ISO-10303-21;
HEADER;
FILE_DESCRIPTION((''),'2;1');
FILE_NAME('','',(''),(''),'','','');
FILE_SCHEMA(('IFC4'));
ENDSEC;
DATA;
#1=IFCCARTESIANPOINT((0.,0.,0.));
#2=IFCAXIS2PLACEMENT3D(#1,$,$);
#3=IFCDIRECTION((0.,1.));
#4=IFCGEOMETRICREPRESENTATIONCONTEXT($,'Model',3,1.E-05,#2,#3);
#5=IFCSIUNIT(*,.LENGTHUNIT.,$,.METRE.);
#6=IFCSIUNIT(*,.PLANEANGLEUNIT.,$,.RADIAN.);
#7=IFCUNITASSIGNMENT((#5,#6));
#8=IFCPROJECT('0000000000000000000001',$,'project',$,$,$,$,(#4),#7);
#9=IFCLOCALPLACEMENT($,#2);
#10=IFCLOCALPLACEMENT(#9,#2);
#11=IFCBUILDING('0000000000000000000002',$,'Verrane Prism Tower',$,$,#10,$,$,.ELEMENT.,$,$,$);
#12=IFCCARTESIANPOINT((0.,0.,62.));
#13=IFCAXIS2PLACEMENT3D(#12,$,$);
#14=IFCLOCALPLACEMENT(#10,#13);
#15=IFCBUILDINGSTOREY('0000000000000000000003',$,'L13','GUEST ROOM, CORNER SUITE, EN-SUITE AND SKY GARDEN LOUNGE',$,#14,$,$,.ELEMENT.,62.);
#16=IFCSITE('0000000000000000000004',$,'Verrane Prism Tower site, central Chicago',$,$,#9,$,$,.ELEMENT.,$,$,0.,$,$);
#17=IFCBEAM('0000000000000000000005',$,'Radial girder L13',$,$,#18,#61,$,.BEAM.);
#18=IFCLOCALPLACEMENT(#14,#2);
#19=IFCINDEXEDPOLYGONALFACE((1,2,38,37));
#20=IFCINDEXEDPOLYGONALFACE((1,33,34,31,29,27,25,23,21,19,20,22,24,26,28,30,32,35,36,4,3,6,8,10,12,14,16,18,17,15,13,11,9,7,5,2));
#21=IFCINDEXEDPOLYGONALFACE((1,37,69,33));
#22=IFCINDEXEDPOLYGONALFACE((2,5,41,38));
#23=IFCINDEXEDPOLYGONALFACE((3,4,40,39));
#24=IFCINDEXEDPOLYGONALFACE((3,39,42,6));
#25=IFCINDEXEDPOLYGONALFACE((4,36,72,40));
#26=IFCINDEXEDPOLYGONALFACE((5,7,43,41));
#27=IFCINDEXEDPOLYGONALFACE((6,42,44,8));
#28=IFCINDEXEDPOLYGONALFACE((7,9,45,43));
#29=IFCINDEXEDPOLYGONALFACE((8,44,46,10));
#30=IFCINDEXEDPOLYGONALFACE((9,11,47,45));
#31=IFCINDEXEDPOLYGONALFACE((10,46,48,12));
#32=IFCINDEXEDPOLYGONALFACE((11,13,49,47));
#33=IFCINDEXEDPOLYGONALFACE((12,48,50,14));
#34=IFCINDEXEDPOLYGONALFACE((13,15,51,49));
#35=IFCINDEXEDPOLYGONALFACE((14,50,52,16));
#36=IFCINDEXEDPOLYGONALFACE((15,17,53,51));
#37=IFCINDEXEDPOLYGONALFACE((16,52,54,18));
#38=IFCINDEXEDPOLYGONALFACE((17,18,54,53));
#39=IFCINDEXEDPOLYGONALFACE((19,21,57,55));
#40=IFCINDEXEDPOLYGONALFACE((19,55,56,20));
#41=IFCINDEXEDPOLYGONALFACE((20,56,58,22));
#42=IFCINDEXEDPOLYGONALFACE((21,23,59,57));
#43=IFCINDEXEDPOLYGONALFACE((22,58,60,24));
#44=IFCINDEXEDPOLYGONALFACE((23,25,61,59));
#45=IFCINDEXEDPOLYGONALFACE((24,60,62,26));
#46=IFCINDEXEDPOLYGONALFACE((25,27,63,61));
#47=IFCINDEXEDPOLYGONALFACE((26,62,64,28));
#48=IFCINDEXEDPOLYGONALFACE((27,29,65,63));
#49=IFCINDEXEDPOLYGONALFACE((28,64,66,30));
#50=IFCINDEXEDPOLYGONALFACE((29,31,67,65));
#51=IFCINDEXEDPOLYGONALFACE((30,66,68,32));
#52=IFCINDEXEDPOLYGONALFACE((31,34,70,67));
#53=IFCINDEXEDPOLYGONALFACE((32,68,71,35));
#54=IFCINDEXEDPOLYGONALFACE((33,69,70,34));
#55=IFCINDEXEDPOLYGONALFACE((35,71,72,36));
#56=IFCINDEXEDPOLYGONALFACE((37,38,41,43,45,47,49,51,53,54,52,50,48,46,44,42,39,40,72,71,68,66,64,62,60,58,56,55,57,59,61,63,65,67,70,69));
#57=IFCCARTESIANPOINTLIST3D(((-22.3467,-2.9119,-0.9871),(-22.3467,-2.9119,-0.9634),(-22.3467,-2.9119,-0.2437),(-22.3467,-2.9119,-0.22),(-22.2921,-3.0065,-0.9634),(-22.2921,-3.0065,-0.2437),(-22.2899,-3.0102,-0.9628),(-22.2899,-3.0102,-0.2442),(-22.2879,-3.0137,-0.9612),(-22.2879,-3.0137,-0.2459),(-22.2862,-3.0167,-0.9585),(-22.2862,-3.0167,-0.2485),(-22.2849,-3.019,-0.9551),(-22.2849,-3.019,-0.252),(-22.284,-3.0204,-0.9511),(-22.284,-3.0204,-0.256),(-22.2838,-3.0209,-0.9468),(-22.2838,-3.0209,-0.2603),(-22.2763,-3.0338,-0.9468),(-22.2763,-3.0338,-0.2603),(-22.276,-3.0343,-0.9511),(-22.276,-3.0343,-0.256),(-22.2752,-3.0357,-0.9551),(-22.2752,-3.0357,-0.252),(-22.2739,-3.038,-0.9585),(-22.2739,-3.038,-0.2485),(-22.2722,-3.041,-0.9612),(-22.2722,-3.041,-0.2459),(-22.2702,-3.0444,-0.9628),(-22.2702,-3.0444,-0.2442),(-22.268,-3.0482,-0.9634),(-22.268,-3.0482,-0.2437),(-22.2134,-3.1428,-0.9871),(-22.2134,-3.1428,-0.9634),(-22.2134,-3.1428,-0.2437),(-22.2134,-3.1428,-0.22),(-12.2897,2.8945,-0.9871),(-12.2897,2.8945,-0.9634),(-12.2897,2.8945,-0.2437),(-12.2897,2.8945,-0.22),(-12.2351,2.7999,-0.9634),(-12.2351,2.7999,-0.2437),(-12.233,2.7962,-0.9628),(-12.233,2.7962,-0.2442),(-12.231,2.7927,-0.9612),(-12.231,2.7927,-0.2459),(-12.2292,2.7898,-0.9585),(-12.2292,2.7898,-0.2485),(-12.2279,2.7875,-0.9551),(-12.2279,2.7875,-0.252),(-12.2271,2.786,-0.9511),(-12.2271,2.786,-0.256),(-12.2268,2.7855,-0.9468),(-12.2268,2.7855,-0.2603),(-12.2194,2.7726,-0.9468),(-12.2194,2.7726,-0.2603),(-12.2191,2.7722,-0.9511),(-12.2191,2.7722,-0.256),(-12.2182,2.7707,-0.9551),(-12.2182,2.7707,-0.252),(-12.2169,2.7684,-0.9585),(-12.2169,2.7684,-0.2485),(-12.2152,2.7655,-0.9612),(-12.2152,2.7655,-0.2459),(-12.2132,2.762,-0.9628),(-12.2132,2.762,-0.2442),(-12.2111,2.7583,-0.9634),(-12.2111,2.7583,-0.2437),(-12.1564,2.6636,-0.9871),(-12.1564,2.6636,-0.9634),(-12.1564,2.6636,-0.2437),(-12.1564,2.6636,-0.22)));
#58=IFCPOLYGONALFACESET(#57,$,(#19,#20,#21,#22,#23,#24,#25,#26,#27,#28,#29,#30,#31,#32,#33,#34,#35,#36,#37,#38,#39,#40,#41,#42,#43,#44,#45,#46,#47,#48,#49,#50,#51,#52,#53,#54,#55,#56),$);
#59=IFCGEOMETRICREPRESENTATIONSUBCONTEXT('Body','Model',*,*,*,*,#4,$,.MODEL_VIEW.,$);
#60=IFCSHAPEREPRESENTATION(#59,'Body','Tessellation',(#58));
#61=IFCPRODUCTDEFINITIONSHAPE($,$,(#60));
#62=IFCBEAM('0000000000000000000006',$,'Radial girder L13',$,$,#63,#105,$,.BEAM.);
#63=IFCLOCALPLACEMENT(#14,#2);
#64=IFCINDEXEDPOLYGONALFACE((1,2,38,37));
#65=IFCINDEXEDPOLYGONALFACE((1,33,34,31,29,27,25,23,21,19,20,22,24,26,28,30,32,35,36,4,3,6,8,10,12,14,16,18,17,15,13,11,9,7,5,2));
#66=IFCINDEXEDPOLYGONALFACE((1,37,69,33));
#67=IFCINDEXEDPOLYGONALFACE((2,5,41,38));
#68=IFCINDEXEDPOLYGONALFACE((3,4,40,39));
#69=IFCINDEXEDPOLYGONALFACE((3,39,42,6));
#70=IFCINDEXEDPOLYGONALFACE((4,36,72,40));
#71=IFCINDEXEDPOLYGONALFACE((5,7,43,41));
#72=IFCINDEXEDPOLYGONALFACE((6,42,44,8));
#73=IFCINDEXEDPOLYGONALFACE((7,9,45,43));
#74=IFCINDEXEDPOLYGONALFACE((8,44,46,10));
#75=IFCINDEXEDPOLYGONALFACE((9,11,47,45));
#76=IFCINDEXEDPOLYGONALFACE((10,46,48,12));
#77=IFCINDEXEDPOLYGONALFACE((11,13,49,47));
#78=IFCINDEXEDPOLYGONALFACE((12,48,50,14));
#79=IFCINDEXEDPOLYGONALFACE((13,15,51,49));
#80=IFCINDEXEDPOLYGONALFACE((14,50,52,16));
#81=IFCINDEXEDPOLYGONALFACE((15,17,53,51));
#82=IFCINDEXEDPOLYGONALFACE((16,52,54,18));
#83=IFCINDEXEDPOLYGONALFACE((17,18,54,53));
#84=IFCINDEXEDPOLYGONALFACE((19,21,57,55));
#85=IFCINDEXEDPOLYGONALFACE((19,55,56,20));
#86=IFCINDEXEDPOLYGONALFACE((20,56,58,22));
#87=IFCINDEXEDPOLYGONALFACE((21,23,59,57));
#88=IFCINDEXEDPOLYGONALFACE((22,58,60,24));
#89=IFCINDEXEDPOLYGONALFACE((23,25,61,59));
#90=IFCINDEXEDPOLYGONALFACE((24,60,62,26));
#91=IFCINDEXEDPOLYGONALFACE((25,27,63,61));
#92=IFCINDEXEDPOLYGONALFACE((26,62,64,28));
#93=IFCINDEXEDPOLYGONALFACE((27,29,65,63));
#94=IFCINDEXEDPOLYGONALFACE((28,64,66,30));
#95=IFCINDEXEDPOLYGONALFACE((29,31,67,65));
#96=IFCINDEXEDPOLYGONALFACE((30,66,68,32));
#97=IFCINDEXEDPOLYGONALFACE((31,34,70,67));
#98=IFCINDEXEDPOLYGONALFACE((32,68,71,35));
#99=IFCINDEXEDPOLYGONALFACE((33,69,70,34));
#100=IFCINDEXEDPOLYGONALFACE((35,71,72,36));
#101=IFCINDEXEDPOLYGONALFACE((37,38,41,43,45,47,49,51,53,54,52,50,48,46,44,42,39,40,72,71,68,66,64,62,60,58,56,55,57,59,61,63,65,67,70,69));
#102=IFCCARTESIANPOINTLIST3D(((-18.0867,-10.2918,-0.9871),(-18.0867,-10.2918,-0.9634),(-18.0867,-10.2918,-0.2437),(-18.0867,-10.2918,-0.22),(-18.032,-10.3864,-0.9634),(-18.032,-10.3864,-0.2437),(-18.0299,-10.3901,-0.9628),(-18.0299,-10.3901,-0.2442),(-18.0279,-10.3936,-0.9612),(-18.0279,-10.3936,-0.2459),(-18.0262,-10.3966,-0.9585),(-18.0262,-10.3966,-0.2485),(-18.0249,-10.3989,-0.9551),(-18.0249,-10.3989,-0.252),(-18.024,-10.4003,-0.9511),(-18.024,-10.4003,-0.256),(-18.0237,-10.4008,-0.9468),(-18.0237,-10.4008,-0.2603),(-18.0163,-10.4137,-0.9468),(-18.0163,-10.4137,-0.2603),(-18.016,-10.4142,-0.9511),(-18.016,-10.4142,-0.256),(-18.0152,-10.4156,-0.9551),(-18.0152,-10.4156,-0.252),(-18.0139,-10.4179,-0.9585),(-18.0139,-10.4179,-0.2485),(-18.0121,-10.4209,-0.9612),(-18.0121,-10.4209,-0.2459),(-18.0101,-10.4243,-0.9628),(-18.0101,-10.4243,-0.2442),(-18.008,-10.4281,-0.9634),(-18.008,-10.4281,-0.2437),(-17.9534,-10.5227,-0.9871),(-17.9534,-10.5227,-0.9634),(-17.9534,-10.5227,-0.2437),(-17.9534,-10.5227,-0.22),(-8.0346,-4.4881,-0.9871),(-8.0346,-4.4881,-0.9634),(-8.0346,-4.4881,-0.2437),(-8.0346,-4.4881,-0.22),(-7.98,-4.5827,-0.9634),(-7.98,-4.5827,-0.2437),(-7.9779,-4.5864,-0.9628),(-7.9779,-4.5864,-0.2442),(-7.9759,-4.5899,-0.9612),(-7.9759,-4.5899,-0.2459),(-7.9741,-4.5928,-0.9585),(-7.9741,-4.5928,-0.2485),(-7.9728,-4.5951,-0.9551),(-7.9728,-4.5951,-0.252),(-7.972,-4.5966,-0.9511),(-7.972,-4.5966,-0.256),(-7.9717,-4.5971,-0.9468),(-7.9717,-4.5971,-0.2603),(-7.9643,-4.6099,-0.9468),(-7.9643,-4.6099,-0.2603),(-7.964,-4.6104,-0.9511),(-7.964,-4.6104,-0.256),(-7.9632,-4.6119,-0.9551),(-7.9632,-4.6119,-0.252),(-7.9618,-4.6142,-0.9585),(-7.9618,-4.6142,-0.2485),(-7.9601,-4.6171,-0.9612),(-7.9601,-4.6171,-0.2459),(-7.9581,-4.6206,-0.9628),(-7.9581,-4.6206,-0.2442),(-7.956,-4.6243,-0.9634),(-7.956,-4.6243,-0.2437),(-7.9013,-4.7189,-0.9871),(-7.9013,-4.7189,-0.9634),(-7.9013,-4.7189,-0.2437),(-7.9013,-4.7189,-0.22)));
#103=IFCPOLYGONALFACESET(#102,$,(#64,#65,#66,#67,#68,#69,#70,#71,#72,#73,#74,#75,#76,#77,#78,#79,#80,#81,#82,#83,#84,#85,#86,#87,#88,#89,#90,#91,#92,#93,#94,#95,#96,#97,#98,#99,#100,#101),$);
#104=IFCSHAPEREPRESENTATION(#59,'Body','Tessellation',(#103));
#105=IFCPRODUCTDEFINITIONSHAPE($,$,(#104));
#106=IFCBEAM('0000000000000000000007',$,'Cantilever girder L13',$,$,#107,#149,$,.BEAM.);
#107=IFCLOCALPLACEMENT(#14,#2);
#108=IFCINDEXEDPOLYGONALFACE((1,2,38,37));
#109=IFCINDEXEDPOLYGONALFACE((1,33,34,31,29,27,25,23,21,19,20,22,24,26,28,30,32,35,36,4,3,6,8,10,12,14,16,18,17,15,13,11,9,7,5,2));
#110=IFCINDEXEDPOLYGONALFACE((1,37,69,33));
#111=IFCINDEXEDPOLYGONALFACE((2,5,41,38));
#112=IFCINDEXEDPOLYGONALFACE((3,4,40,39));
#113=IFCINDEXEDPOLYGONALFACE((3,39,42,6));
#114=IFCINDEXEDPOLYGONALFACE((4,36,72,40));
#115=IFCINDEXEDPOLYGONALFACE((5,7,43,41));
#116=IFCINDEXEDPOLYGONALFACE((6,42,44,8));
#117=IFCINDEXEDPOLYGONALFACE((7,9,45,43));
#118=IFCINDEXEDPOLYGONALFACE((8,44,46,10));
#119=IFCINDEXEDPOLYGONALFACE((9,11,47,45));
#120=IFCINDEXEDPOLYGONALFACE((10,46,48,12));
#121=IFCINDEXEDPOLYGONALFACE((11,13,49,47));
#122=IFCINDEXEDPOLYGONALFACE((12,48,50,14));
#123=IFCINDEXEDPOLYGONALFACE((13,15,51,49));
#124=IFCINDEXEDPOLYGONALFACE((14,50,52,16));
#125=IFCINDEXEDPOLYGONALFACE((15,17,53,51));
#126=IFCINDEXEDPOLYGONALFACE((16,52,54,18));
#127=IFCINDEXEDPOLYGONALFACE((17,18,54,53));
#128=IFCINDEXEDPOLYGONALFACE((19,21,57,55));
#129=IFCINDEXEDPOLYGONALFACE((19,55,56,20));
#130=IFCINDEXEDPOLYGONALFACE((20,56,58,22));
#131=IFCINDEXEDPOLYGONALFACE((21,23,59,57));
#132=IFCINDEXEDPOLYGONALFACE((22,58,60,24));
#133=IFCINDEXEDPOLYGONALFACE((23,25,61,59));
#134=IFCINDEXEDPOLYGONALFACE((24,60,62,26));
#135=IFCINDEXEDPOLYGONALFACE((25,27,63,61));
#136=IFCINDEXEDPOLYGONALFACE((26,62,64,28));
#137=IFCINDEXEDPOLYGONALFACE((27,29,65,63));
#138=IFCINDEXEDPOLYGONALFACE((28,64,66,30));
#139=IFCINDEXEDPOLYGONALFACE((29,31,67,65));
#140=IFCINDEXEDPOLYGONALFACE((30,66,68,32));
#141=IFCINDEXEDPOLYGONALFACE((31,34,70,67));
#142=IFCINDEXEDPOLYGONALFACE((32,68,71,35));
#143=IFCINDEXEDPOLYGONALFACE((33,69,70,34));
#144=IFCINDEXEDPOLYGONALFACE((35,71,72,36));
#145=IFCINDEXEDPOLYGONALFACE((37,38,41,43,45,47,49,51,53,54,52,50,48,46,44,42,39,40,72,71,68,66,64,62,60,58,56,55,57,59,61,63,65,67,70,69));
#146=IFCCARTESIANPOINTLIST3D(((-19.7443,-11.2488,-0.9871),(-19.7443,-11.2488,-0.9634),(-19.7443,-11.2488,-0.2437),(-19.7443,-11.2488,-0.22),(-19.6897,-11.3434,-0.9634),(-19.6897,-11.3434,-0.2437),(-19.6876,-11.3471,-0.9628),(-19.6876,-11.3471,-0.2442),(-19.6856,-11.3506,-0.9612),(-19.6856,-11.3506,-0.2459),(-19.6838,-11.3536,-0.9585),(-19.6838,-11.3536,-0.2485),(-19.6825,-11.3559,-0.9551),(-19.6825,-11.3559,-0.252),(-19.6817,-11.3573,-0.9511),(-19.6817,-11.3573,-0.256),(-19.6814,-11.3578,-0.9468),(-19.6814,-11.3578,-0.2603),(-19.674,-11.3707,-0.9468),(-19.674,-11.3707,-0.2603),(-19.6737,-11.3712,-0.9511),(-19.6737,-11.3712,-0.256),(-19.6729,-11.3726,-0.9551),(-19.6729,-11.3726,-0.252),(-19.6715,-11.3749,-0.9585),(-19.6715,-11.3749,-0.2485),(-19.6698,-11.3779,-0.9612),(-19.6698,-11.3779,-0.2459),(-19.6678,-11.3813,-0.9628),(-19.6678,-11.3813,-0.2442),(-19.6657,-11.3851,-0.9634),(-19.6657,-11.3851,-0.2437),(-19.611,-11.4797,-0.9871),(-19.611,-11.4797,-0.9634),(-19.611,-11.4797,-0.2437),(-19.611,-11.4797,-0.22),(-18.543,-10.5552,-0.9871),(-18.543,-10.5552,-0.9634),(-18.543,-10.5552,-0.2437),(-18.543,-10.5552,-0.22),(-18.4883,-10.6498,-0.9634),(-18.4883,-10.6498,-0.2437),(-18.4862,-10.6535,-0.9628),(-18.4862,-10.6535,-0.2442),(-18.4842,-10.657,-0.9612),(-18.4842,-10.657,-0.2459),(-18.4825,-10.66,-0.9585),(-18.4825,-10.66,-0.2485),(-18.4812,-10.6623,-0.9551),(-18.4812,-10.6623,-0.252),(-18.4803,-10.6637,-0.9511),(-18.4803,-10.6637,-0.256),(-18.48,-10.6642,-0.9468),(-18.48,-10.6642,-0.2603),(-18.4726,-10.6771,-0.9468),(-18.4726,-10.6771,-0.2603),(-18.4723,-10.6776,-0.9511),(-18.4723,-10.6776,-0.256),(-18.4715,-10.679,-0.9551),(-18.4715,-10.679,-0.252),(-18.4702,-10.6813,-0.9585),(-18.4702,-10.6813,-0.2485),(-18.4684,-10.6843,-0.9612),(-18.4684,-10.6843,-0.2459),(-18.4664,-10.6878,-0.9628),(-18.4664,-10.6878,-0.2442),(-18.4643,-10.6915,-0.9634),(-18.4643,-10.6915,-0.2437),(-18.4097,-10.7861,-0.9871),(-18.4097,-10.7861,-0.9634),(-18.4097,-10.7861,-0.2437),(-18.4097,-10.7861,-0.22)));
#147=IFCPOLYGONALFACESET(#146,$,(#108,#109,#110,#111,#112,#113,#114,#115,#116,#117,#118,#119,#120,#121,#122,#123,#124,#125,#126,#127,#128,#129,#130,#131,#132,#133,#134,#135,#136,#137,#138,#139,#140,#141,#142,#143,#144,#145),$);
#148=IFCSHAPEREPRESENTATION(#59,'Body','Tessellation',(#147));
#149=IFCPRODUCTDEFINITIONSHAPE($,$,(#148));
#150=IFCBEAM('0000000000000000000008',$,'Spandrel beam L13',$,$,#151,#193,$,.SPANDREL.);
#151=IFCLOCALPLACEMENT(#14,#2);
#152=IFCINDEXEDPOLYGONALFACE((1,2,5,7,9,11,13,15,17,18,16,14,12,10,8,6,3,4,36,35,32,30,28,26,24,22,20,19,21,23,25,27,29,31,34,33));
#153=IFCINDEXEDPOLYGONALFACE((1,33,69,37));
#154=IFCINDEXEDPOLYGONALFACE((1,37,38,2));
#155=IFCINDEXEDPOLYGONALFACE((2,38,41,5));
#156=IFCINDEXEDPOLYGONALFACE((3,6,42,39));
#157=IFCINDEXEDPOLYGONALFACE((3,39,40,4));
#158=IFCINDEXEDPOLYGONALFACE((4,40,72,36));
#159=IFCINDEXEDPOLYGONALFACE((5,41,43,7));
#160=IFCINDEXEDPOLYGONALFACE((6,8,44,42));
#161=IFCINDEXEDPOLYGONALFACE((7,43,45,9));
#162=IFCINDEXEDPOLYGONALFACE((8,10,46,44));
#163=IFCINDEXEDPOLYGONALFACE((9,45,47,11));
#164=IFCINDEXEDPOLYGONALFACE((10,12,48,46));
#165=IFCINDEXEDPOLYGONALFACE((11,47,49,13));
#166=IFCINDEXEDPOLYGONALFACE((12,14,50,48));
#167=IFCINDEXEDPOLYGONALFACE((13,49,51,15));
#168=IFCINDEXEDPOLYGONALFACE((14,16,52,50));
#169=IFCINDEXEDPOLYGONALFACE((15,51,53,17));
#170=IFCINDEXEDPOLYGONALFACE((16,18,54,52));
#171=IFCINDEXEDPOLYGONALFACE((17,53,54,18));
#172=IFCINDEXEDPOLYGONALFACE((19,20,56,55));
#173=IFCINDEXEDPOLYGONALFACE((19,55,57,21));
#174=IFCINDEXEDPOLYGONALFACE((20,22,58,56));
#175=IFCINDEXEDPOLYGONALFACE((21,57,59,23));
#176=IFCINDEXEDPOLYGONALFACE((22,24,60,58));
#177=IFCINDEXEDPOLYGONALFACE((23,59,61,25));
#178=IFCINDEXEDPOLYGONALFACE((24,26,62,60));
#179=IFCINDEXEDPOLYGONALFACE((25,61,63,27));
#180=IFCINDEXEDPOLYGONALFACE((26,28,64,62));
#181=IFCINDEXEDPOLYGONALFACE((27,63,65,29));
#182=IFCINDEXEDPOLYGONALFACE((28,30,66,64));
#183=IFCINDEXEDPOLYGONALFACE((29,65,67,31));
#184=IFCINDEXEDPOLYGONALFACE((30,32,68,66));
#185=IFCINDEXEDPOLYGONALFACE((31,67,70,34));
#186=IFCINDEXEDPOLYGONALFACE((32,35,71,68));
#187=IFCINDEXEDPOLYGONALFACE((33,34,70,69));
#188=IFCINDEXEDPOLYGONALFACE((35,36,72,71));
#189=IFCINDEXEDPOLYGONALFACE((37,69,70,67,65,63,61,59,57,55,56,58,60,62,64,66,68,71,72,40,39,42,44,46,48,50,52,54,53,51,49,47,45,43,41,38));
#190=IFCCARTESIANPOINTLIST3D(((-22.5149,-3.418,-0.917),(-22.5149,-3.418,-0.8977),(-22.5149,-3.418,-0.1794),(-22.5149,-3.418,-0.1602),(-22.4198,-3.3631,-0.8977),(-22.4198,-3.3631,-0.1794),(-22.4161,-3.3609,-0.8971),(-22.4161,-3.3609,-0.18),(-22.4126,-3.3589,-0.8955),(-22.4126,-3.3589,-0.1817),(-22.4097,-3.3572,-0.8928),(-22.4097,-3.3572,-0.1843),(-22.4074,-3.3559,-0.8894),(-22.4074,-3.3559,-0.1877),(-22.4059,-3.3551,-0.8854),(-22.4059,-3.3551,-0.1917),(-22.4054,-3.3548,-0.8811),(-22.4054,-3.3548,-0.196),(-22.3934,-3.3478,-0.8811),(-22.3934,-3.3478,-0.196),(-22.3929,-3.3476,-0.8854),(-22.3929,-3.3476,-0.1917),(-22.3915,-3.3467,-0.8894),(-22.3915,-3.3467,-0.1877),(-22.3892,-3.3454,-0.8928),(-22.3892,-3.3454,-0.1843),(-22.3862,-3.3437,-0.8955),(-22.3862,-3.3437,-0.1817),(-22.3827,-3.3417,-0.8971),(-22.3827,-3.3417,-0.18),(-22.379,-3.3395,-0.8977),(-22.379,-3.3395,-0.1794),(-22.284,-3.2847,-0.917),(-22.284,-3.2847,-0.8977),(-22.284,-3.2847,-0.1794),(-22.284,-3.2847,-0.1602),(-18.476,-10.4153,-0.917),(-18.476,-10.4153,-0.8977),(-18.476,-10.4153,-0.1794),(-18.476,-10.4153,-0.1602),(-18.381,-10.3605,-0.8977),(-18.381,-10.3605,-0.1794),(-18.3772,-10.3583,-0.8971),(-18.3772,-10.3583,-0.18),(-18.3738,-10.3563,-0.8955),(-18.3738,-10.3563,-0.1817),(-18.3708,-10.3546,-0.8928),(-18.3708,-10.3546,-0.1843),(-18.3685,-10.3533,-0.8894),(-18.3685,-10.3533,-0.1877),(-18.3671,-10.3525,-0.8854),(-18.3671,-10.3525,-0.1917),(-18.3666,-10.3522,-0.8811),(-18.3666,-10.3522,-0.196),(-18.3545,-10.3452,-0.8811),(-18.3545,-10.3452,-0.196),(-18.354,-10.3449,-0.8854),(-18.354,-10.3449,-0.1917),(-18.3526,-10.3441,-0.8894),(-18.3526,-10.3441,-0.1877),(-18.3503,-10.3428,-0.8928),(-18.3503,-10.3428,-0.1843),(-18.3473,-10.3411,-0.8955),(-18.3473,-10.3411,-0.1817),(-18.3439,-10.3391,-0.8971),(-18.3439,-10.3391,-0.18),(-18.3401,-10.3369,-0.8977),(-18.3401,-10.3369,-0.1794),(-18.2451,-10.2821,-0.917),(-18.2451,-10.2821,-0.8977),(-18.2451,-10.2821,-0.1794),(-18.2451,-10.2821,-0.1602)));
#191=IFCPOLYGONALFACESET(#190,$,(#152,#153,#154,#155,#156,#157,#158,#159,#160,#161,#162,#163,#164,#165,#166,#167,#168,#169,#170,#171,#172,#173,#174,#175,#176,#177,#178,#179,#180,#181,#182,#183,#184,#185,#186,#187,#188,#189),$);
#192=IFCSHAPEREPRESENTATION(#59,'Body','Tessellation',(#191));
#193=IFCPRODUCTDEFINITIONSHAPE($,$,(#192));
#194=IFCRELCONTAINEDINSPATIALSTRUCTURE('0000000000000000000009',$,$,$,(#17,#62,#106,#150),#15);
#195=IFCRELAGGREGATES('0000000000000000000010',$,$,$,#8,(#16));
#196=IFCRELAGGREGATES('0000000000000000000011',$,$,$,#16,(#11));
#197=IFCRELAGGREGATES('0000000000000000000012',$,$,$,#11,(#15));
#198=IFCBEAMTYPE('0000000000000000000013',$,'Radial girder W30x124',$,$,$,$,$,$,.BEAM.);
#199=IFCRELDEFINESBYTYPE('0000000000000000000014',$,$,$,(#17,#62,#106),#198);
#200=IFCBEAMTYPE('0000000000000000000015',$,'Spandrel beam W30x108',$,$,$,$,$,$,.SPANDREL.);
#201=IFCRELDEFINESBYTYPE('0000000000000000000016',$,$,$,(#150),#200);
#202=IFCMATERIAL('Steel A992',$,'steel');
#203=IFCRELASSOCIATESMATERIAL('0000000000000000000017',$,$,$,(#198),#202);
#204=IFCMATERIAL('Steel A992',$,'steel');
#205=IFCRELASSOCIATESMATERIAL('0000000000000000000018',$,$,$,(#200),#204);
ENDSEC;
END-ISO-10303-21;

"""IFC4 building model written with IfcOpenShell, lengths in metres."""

from ifc_helpers import new_model, si_unit, direction, frame, origin, origin_2d, place, context, subcontext, project, spatial, i_section, extrude, material, material_profile, profile_set, type_object, element, save


model = new_model("IFC4")

# Units and contexts
model_context = context("Model", 3, precision=1e-05, world=origin(), true_north=direction((0.0, 1.0)))
body_context = subcontext(model_context, "Body", "Model", "MODEL_VIEW")
ifc_project = project(units=[si_unit("LENGTHUNIT", "METRE"), si_unit("PLANEANGLEUNIT", "RADIAN")], contexts=[model_context])

# Site, building, storey
site_placement = place(None, origin())
site = spatial("IfcSite", under=ifc_project, at=site_placement, Name="Verrane Prism Tower site, central Chicago", CompositionType="ELEMENT", RefElevation=0.0)
building_placement = place(site_placement, origin())
building = spatial("IfcBuilding", under=site, at=building_placement, Name="Verrane Prism Tower", CompositionType="ELEMENT")
storey_placement = place(building_placement, frame((0.0, 0.0, 62.0)))
storey = spatial("IfcBuildingStorey", under=building, at=storey_placement, Name="L13", Description="GUEST ROOM, CORNER SUITE, EN-SUITE AND SKY GARDEN LOUNGE", CompositionType="ELEMENT", Elevation=62.0)

# Beams
ifc_material_1 = material(Name="Steel A992", Category="steel")
ifc_material_profile_1 = material_profile(ifc_material_1, i_section(OverallWidth=0.2666, OverallDepth=0.7671, WebThickness=0.0149, FlangeThickness=0.0237, FilletRadius=0.0166, at=origin_2d()), Name="W30x124")
ifc_profile_set_1 = profile_set([ifc_material_profile_1], Name="Steel A992")
beam_type_1 = type_object("IfcBeamType", Name="Radial girder W30x124", PredefinedType="BEAM", material=ifc_profile_set_1)
beam_1_placement = place(storey_placement, frame((-22.28, -3.0273, -0.6035), z_axis=(0.866023, 0.500003, 0.0), x_axis=(-0.500003, 0.866023, 0.0)))
element("IfcBeam", 1, at=beam_1_placement, inside=storey, type_object=beam_type_1, Name="Radial girder L13", PredefinedType="BEAM", context=body_context, shape_type="SweptSolid", body=[
    extrude(i_section(OverallWidth=0.2666, OverallDepth=0.7671, WebThickness=0.0149, FlangeThickness=0.0237, FilletRadius=0.0166, at=origin_2d()), origin(), (0.0, 0.0, 1.0), 11.6128),
])
beam_2_placement = place(storey_placement, frame((-18.02, -10.4072, -0.6035), z_axis=(0.866019, 0.500012, 0.0), x_axis=(-0.500012, 0.866019, 0.0)))
element("IfcBeam", 2, at=beam_2_placement, inside=storey, type_object=beam_type_1, Name="Radial girder L13", PredefinedType="BEAM", context=body_context, shape_type="SweptSolid", body=[
    extrude(i_section(OverallWidth=0.2666, OverallDepth=0.7671, WebThickness=0.0149, FlangeThickness=0.0237, FilletRadius=0.0166, at=origin_2d()), origin(), (0.0, 0.0, 1.0), 11.6072),
])
beam_3_placement = place(storey_placement, frame((-18.4763, -10.6707, -0.6035), z_axis=(-0.866036, -0.499981, 0.0), x_axis=(0.499981, -0.866036, 0.0)))
element("IfcBeam", 3, at=beam_3_placement, inside=storey, type_object=beam_type_1, Name="Cantilever girder L13", PredefinedType="BEAM", context=body_context, shape_type="SweptSolid", body=[
    extrude(i_section(OverallWidth=0.2666, OverallDepth=0.7671, WebThickness=0.0149, FlangeThickness=0.0237, FilletRadius=0.0166, at=origin_2d()), origin(), (0.0, 0.0, 1.0), 1.3872),
])
ifc_material_2 = material(Name="Steel A992", Category="steel")
ifc_material_profile_2 = material_profile(ifc_material_2, i_section(OverallWidth=0.2666, OverallDepth=0.7568, WebThickness=0.0139, FlangeThickness=0.0193, FilletRadius=0.0166, at=origin_2d()), Name="W30x108")
ifc_profile_set_2 = profile_set([ifc_material_profile_2], Name="Steel A992")
beam_type_2 = type_object("IfcBeamType", Name="Spandrel beam W30x108", PredefinedType="SPANDREL", material=ifc_profile_set_2)
beam_4_placement = place(storey_placement, frame((-22.3994, -3.3513, -0.5386), z_axis=(0.499899, -0.866083, 0.0), x_axis=(0.866083, 0.499899, 0.0)))
element("IfcBeam", 4, at=beam_4_placement, inside=storey, type_object=beam_type_2, Name="Spandrel beam L13", PredefinedType="SPANDREL", context=body_context, shape_type="SweptSolid", body=[
    extrude(i_section(OverallWidth=0.2666, OverallDepth=0.7568, WebThickness=0.0139, FlangeThickness=0.0193, FilletRadius=0.0166, at=origin_2d()), origin(), (0.0, 0.0, 1.0), 8.0793),
])

save(model, "model.ifc")
